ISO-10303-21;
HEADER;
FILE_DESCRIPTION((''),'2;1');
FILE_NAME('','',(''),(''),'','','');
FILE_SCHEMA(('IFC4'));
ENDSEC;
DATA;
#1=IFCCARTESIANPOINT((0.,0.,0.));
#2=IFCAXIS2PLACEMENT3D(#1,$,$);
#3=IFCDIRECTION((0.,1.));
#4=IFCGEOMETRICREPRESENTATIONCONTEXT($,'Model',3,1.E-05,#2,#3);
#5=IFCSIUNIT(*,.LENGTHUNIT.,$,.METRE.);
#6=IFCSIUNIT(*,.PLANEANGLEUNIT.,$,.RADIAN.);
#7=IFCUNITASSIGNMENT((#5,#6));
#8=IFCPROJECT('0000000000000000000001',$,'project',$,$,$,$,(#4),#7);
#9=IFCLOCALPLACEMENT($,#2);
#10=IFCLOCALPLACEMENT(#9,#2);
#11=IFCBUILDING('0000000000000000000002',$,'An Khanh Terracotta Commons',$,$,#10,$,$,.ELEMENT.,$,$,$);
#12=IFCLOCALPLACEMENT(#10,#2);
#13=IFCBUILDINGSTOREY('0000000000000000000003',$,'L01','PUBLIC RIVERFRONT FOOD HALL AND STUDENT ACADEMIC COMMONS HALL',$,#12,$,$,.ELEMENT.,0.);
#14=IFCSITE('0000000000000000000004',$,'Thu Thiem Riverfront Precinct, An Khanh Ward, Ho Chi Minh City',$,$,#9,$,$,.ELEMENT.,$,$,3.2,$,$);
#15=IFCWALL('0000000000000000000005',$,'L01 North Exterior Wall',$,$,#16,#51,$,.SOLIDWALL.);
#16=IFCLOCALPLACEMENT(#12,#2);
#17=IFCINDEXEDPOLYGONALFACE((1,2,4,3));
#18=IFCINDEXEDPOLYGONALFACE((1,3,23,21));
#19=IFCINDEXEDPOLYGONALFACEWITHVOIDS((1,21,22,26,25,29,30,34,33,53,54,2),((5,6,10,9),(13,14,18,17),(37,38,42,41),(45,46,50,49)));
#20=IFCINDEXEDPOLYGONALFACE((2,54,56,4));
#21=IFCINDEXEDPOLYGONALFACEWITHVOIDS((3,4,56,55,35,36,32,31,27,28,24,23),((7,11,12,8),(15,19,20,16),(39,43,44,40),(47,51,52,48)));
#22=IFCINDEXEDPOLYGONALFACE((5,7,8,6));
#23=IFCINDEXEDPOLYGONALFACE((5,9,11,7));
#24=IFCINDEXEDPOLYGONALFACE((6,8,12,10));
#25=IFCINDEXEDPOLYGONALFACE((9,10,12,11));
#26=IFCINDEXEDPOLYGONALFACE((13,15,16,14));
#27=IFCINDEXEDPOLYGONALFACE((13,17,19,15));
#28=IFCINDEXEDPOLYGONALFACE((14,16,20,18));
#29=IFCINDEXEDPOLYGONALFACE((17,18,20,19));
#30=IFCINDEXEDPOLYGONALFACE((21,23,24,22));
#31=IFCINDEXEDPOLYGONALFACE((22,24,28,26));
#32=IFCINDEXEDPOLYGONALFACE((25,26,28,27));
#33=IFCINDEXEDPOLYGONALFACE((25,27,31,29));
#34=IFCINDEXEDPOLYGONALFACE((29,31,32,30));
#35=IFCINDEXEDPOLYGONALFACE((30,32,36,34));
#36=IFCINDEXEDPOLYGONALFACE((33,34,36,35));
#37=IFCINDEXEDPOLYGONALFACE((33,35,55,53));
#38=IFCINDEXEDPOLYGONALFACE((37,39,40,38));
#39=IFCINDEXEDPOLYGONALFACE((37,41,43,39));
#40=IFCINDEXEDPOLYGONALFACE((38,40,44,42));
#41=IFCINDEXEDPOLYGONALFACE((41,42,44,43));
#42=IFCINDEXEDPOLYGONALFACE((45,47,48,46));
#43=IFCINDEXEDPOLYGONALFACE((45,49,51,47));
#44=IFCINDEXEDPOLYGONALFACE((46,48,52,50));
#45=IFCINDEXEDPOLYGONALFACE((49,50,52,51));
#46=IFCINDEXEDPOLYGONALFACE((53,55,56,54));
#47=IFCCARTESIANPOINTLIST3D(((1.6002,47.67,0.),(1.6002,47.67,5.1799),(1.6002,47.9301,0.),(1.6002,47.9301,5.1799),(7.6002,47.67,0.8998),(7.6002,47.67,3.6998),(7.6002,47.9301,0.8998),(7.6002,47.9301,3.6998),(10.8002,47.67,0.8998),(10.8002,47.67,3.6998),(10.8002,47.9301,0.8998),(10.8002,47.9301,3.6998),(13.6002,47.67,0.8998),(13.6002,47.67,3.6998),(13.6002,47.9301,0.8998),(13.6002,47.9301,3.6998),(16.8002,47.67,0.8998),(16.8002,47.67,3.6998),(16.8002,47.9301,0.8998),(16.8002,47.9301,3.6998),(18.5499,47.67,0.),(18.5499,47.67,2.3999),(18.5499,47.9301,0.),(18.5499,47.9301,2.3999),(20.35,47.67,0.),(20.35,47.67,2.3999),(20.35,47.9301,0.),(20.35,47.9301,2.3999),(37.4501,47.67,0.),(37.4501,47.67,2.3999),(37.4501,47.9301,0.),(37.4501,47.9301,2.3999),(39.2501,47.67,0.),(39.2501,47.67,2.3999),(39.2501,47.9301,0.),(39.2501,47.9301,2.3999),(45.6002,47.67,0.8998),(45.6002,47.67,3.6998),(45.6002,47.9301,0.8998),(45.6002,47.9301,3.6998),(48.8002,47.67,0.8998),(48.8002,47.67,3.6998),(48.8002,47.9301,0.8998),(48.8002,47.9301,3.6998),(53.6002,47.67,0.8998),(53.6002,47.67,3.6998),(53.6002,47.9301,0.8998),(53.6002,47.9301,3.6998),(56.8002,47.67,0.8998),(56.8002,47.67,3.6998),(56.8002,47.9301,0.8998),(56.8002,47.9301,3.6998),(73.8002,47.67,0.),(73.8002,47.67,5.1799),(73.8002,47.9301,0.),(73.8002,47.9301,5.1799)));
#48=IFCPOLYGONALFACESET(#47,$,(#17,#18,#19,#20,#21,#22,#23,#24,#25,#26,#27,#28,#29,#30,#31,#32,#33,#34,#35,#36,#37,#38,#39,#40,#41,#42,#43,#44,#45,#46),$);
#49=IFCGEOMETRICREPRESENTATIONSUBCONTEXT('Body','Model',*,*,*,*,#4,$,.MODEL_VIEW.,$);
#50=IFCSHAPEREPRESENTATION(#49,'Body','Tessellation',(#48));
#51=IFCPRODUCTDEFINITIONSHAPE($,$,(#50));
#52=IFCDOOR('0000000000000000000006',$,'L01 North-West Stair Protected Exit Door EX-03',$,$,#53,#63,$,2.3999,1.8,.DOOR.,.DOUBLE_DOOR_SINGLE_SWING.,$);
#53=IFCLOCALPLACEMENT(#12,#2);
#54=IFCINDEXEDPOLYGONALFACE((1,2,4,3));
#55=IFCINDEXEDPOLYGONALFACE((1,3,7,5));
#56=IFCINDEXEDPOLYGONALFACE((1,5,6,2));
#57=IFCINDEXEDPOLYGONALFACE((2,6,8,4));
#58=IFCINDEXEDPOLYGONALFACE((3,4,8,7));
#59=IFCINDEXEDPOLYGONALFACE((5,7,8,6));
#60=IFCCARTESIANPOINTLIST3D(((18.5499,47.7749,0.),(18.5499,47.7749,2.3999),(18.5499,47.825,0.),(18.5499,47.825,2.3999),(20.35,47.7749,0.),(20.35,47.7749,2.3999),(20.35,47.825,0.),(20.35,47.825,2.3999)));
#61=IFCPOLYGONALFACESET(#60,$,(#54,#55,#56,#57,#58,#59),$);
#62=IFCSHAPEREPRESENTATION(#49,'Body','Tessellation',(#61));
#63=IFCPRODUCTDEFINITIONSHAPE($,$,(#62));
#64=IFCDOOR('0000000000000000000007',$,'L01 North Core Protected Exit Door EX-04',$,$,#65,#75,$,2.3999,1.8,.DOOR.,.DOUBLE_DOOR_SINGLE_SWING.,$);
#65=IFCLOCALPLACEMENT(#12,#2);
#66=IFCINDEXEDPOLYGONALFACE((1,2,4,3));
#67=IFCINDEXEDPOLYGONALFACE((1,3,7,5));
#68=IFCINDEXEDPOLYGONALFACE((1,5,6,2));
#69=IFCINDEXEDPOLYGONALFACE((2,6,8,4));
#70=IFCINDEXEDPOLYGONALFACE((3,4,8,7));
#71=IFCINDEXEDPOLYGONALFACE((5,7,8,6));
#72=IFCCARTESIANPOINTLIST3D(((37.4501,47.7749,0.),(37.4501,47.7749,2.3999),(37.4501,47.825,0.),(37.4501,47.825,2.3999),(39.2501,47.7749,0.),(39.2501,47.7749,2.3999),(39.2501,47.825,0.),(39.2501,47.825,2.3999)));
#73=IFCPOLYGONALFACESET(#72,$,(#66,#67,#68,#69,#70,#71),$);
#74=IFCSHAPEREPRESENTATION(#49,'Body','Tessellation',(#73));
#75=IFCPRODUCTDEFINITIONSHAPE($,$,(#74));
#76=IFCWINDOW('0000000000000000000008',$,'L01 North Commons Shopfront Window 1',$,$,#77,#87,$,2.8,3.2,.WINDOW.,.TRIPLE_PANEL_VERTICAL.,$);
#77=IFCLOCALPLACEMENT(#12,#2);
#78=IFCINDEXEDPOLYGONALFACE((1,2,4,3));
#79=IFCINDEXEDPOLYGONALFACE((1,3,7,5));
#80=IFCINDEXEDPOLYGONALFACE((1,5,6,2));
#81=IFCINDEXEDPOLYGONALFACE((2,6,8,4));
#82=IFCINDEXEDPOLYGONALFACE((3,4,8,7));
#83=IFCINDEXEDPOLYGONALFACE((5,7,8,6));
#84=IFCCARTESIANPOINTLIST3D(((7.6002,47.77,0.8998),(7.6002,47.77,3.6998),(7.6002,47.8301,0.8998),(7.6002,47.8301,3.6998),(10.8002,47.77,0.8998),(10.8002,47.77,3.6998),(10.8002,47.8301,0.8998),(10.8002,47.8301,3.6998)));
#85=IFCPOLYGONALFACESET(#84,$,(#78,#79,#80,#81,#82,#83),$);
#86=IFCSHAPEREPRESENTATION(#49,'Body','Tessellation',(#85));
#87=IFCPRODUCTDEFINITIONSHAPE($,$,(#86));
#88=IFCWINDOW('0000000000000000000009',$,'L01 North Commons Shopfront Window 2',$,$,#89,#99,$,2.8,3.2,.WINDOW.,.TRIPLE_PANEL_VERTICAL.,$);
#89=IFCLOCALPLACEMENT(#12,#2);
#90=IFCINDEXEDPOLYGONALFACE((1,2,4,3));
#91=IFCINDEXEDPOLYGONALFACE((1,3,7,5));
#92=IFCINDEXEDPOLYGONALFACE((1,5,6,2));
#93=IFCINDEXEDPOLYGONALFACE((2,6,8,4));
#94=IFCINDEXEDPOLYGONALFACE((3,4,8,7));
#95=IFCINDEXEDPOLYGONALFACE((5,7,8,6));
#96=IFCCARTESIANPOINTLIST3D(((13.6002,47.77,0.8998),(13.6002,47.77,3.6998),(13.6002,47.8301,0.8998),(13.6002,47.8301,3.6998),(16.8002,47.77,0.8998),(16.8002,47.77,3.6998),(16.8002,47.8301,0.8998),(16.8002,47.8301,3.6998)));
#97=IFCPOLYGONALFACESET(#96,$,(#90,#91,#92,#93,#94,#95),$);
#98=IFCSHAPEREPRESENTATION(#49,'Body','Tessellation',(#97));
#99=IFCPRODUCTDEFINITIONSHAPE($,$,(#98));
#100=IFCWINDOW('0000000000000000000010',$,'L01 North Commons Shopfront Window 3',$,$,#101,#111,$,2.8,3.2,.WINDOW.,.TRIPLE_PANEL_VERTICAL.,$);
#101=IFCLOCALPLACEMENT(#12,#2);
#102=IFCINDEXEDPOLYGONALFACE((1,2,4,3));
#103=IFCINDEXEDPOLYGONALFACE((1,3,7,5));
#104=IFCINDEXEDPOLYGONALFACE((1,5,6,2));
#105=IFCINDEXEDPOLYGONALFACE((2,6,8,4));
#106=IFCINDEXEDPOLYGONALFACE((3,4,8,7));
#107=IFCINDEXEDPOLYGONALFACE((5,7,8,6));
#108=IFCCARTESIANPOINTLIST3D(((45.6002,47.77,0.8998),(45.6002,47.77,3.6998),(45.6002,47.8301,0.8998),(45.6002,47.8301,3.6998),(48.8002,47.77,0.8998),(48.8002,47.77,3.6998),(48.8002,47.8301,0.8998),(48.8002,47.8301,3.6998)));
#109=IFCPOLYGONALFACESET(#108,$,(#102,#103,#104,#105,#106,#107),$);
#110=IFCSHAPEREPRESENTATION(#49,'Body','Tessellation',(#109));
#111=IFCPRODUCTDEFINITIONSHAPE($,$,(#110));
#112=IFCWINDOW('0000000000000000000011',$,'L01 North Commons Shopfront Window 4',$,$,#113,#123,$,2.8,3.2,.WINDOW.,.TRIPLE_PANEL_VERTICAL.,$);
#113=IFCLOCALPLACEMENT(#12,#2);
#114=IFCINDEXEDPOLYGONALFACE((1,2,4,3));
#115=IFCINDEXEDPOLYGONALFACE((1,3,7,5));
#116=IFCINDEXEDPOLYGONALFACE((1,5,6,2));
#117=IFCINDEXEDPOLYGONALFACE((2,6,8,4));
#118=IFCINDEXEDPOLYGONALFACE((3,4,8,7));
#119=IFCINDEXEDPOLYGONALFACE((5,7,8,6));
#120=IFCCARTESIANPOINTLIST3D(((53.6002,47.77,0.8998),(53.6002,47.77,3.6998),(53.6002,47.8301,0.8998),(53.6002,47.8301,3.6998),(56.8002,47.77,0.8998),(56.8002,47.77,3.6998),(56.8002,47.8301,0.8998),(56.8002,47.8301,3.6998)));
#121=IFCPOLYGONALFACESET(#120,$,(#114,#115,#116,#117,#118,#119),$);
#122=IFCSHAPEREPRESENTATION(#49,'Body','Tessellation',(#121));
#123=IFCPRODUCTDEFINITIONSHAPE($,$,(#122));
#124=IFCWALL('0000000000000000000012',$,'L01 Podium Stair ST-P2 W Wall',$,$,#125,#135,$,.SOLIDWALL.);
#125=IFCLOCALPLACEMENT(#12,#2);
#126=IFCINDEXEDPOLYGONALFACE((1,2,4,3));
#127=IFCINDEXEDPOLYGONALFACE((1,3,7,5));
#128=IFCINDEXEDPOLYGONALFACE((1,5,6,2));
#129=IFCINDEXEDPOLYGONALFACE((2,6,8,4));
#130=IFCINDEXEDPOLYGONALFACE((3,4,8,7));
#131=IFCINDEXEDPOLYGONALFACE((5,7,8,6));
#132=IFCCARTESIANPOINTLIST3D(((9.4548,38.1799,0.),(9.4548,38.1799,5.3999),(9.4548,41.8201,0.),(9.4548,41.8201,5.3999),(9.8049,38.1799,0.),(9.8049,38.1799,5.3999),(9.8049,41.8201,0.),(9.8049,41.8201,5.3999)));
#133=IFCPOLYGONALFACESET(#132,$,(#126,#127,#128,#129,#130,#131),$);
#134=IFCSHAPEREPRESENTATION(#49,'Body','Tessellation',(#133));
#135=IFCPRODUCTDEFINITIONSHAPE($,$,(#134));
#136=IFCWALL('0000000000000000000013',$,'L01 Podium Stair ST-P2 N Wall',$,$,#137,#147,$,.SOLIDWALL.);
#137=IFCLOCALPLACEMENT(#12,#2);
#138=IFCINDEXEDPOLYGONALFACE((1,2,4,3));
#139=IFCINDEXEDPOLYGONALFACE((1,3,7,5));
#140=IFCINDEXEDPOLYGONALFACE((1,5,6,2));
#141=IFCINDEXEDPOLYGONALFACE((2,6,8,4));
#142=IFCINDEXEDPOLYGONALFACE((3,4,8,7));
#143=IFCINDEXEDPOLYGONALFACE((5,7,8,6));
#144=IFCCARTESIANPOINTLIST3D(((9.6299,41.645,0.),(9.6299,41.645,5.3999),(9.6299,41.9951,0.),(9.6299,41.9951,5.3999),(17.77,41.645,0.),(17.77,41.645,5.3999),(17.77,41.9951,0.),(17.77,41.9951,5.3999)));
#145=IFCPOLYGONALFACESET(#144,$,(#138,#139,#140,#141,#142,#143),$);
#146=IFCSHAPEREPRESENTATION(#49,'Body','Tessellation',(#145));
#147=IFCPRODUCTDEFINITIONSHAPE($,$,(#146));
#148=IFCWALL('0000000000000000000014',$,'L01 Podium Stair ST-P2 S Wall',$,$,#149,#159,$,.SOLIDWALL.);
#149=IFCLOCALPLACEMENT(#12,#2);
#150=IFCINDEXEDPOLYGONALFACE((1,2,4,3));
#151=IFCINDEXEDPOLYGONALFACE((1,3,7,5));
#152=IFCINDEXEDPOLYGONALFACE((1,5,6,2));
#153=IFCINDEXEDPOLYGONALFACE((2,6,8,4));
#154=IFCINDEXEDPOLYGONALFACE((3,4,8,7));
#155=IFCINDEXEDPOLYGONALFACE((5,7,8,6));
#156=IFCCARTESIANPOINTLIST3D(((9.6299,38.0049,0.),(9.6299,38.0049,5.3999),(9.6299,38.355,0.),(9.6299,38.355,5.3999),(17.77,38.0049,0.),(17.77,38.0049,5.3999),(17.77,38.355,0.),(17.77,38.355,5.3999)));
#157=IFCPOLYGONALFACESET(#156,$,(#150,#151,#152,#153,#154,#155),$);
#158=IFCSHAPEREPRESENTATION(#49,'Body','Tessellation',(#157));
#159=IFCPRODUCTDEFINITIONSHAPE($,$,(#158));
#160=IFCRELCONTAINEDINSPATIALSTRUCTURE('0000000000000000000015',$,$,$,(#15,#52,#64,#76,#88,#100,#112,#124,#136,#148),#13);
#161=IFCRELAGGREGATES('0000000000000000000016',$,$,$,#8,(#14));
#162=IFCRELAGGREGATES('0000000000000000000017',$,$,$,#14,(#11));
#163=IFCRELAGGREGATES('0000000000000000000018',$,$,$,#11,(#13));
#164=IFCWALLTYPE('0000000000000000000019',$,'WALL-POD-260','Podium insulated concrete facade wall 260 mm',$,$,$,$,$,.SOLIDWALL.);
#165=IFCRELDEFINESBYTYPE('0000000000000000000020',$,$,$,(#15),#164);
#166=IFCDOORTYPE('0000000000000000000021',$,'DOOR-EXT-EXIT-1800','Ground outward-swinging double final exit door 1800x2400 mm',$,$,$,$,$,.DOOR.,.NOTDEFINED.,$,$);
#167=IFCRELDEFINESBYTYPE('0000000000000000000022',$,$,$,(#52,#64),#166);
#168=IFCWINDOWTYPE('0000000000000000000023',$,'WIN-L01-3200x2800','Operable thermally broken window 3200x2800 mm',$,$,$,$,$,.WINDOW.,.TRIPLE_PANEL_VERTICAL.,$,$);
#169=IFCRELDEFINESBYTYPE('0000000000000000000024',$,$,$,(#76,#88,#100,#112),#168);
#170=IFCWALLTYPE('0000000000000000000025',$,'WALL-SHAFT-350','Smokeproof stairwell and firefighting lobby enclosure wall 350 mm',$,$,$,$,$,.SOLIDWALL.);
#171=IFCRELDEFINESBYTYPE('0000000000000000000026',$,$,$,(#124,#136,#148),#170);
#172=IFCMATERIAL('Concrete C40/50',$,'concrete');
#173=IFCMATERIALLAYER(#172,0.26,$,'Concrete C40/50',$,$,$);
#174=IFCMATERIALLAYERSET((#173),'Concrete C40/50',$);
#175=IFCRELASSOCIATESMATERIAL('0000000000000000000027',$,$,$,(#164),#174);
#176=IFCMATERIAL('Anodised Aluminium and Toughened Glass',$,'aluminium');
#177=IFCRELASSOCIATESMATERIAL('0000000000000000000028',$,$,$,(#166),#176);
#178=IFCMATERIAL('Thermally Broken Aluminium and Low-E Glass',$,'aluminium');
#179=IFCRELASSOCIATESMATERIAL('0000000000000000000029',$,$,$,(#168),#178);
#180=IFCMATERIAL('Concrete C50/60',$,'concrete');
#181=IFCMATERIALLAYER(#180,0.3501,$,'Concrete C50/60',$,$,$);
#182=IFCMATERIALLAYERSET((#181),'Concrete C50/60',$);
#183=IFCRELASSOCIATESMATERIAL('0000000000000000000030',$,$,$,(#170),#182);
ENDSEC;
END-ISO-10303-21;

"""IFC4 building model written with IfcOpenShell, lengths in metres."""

from ifc_helpers import new_model, si_unit, direction, frame, frame_2d, origin, place, context, subcontext, project, spatial, rectangle, extrude, material, layer, layer_set, type_object, element, fill, save


model = new_model("IFC4")

# Units and contexts
model_context = context("Model", 3, precision=1e-05, world=origin(), true_north=direction((0.0, 1.0)))
body_context = subcontext(model_context, "Body", "Model", "MODEL_VIEW")
ifc_project = project(units=[si_unit("LENGTHUNIT", "METRE"), si_unit("PLANEANGLEUNIT", "RADIAN")], contexts=[model_context])

# Site, building, storey
site_placement = place(None, origin())
site = spatial("IfcSite", under=ifc_project, at=site_placement, Name="Thu Thiem Riverfront Precinct, An Khanh Ward, Ho Chi Minh City", CompositionType="ELEMENT", RefElevation=3.2)
building_placement = place(site_placement, origin())
building = spatial("IfcBuilding", under=site, at=building_placement, Name="An Khanh Terracotta Commons", CompositionType="ELEMENT")
storey_placement = place(building_placement, origin())
storey = spatial("IfcBuildingStorey", under=building, at=storey_placement, Name="L01", Description="PUBLIC RIVERFRONT FOOD HALL AND STUDENT ACADEMIC COMMONS HALL", CompositionType="ELEMENT", Elevation=0.0)

# Shared definitions
ifc_material_1 = material(Name="Concrete C50/60", Category="concrete")

# Wall, openings, doors, windows
ifc_material_2 = material(Name="Concrete C40/50", Category="concrete")
ifc_layer_1 = layer(ifc_material_2, 0.26, Name="Concrete C40/50")
ifc_layer_set_1 = layer_set([ifc_layer_1], Name="Concrete C40/50")
wall_type_1 = type_object("IfcWallType", Name="WALL-POD-260", Description="Podium insulated concrete facade wall 260 mm", PredefinedType="SOLIDWALL", material=ifc_layer_set_1)
wall_1_placement = place(storey_placement, frame((1.6001, 47.8, 0.0), z_axis=(0.0, 0.0, 1.0), x_axis=(1.0, 0.0, 0.0)))
wall_1 = element("IfcWall", 1, at=wall_1_placement, inside=storey, type_object=wall_type_1, Name="L01 North Exterior Wall", PredefinedType="SOLIDWALL", context=body_context, shape_type="SweptSolid", body=[
    extrude(rectangle(XDim=72.2, YDim=0.26, at=frame_2d((36.1001, 0.0))), origin(), (0.0, 0.0, 1.0), 5.1799),
])
opening_1_placement = place(wall_1_placement, frame((16.95, 0.0, 0.0)))
opening_1 = element("IfcOpeningElement", 2, at=opening_1_placement, cuts=wall_1, PredefinedType="OPENING", context=body_context, shape_type="SweptSolid", body=[
    extrude(rectangle(XDim=1.8, YDim=2.3999, at=frame_2d((0.8999, 1.2))), frame((0.0, 0.1399, 0.0), z_axis=(0.0, -1.0, 0.0), x_axis=(1.0, 0.0, 0.0)), (0.0, 0.0, 1.0), 0.28),
])
opening_2_placement = place(wall_1_placement, frame((35.8501, 0.0, 0.0)))
opening_2 = element("IfcOpeningElement", 3, at=opening_2_placement, cuts=wall_1, PredefinedType="OPENING", context=body_context, shape_type="SweptSolid", body=[
    extrude(rectangle(XDim=1.8, YDim=2.3999, at=frame_2d((0.8999, 1.2))), frame((0.0, 0.1399, 0.0), z_axis=(0.0, -1.0, 0.0), x_axis=(1.0, 0.0, 0.0)), (0.0, 0.0, 1.0), 0.28),
])
opening_3_placement = place(wall_1_placement, frame((6.0, 0.0, 0.8999)))
opening_3 = element("IfcOpeningElement", 4, at=opening_3_placement, cuts=wall_1, PredefinedType="OPENING", context=body_context, shape_type="SweptSolid", body=[
    extrude(rectangle(XDim=3.2, YDim=2.8, at=frame_2d((1.6001, 1.3999))), frame((0.0, 0.1399, 0.0), z_axis=(0.0, -1.0, 0.0), x_axis=(1.0, 0.0, 0.0)), (0.0, 0.0, 1.0), 0.28),
])
opening_4_placement = place(wall_1_placement, frame((12.0, 0.0, 0.8999)))
opening_4 = element("IfcOpeningElement", 5, at=opening_4_placement, cuts=wall_1, PredefinedType="OPENING", context=body_context, shape_type="SweptSolid", body=[
    extrude(rectangle(XDim=3.2, YDim=2.8, at=frame_2d((1.6001, 1.3999))), frame((0.0, 0.1399, 0.0), z_axis=(0.0, -1.0, 0.0), x_axis=(1.0, 0.0, 0.0)), (0.0, 0.0, 1.0), 0.28),
])
opening_5_placement = place(wall_1_placement, frame((44.0, 0.0, 0.8999)))
opening_5 = element("IfcOpeningElement", 6, at=opening_5_placement, cuts=wall_1, PredefinedType="OPENING", context=body_context, shape_type="SweptSolid", body=[
    extrude(rectangle(XDim=3.2, YDim=2.8, at=frame_2d((1.6001, 1.3999))), frame((0.0, 0.1399, 0.0), z_axis=(0.0, -1.0, 0.0), x_axis=(1.0, 0.0, 0.0)), (0.0, 0.0, 1.0), 0.28),
])
opening_6_placement = place(wall_1_placement, frame((52.0, 0.0, 0.8999)))
opening_6 = element("IfcOpeningElement", 7, at=opening_6_placement, cuts=wall_1, PredefinedType="OPENING", context=body_context, shape_type="SweptSolid", body=[
    extrude(rectangle(XDim=3.2, YDim=2.8, at=frame_2d((1.6001, 1.3999))), frame((0.0, 0.1399, 0.0), z_axis=(0.0, -1.0, 0.0), x_axis=(1.0, 0.0, 0.0)), (0.0, 0.0, 1.0), 0.28),
])
ifc_material_3 = material(Name="Anodised Aluminium and Toughened Glass", Category="aluminium")
door_type_1 = type_object("IfcDoorType", Name="DOOR-EXT-EXIT-1800", Description="Ground outward-swinging double final exit door 1800x2400 mm", OperationType="NOTDEFINED", PredefinedType="DOOR", material=ifc_material_3)
door_1_placement = place(opening_1_placement, origin())
door_1 = element("IfcDoor", 8, at=door_1_placement, inside=storey, type_object=door_type_1, Name="L01 North-West Stair Protected Exit Door EX-03", OperationType="DOUBLE_DOOR_SINGLE_SWING", OverallHeight=2.3999, OverallWidth=1.8, PredefinedType="DOOR", context=body_context, shape_type="SweptSolid", body=[
    extrude(rectangle(XDim=1.8, YDim=2.3999, at=frame_2d((0.8999, 1.2))), frame((0.0, 0.0249, 0.0), z_axis=(0.0, -1.0, 0.0), x_axis=(1.0, 0.0, 0.0)), (0.0, 0.0, 1.0), 0.05),
])
fill(opening_1, door_1)
door_2_placement = place(opening_2_placement, origin())
door_2 = element("IfcDoor", 9, at=door_2_placement, inside=storey, type_object=door_type_1, Name="L01 North Core Protected Exit Door EX-04", OperationType="DOUBLE_DOOR_SINGLE_SWING", OverallHeight=2.3999, OverallWidth=1.8, PredefinedType="DOOR", context=body_context, shape_type="SweptSolid", body=[
    extrude(rectangle(XDim=1.8, YDim=2.3999, at=frame_2d((0.8999, 1.2))), frame((0.0, 0.0249, 0.0), z_axis=(0.0, -1.0, 0.0), x_axis=(1.0, 0.0, 0.0)), (0.0, 0.0, 1.0), 0.05),
])
fill(opening_2, door_2)
ifc_material_4 = material(Name="Thermally Broken Aluminium and Low-E Glass", Category="aluminium")
window_type = type_object("IfcWindowType", Name="WIN-L01-3200x2800", Description="Operable thermally broken window 3200x2800 mm", PartitioningType="TRIPLE_PANEL_VERTICAL", PredefinedType="WINDOW", material=ifc_material_4)
window_1_placement = place(opening_3_placement, origin())
window_1 = element("IfcWindow", 10, at=window_1_placement, inside=storey, type_object=window_type, Name="L01 North Commons Shopfront Window 1", OverallHeight=2.8, OverallWidth=3.2, PartitioningType="TRIPLE_PANEL_VERTICAL", PredefinedType="WINDOW", context=body_context, shape_type="SweptSolid", body=[
    extrude(rectangle(XDim=3.2, YDim=2.8, at=frame_2d((1.6001, 1.3999))), frame((0.0, 0.03, 0.0), z_axis=(0.0, -1.0, 0.0), x_axis=(1.0, 0.0, 0.0)), (0.0, 0.0, 1.0), 0.0601),
])
fill(opening_3, window_1)
window_2_placement = place(opening_4_placement, origin())
window_2 = element("IfcWindow", 11, at=window_2_placement, inside=storey, type_object=window_type, Name="L01 North Commons Shopfront Window 2", OverallHeight=2.8, OverallWidth=3.2, PartitioningType="TRIPLE_PANEL_VERTICAL", PredefinedType="WINDOW", context=body_context, shape_type="SweptSolid", body=[
    extrude(rectangle(XDim=3.2, YDim=2.8, at=frame_2d((1.6001, 1.3999))), frame((0.0, 0.03, 0.0), z_axis=(0.0, -1.0, 0.0), x_axis=(1.0, 0.0, 0.0)), (0.0, 0.0, 1.0), 0.0601),
])
fill(opening_4, window_2)
window_3_placement = place(opening_5_placement, origin())
window_3 = element("IfcWindow", 12, at=window_3_placement, inside=storey, type_object=window_type, Name="L01 North Commons Shopfront Window 3", OverallHeight=2.8, OverallWidth=3.2, PartitioningType="TRIPLE_PANEL_VERTICAL", PredefinedType="WINDOW", context=body_context, shape_type="SweptSolid", body=[
    extrude(rectangle(XDim=3.2, YDim=2.8, at=frame_2d((1.6001, 1.3999))), frame((0.0, 0.03, 0.0), z_axis=(0.0, -1.0, 0.0), x_axis=(1.0, 0.0, 0.0)), (0.0, 0.0, 1.0), 0.0601),
])
fill(opening_5, window_3)
window_4_placement = place(opening_6_placement, origin())
window_4 = element("IfcWindow", 13, at=window_4_placement, inside=storey, type_object=window_type, Name="L01 North Commons Shopfront Window 4", OverallHeight=2.8, OverallWidth=3.2, PartitioningType="TRIPLE_PANEL_VERTICAL", PredefinedType="WINDOW", context=body_context, shape_type="SweptSolid", body=[
    extrude(rectangle(XDim=3.2, YDim=2.8, at=frame_2d((1.6001, 1.3999))), frame((0.0, 0.03, 0.0), z_axis=(0.0, -1.0, 0.0), x_axis=(1.0, 0.0, 0.0)), (0.0, 0.0, 1.0), 0.0601),
])
fill(opening_6, window_4)

# Walls
ifc_layer_2 = layer(ifc_material_1, 0.3501, Name="Concrete C50/60")
ifc_layer_set_2 = layer_set([ifc_layer_2], Name="Concrete C50/60")
wall_type_2 = type_object("IfcWallType", Name="WALL-SHAFT-350", Description="Smokeproof stairwell and firefighting lobby enclosure wall 350 mm", PredefinedType="SOLIDWALL", material=ifc_layer_set_2)
wall_2_placement = place(storey_placement, frame((9.6299, 38.1799, 0.0), z_axis=(0.0, 0.0, 1.0), x_axis=(0.0, 1.0, 0.0)))
element("IfcWall", 14, at=wall_2_placement, inside=storey, type_object=wall_type_2, Name="L01 Podium Stair ST-P2 W Wall", PredefinedType="SOLIDWALL", context=body_context, shape_type="SweptSolid", body=[
    extrude(rectangle(XDim=3.6401, YDim=0.3501, at=frame_2d((1.8201, 0.0))), origin(), (0.0, 0.0, 1.0), 5.3999),
])
for number, where, z_axis, x_axis, name in (
    (15, (9.6299, 41.8201, 0.0), (0.0, 0.0, 1.0), (1.0, 0.0, 0.0), "L01 Podium Stair ST-P2 N Wall"),
    (16, (17.77, 38.1799, 0.0), (0.0, 0.0, 1.0), (-1.0, 0.0, 0.0), "L01 Podium Stair ST-P2 S Wall"),
):
    element("IfcWall", number, at=place(storey_placement, frame(where, z_axis=z_axis, x_axis=x_axis)), inside=storey, type_object=wall_type_2, Name=name, PredefinedType="SOLIDWALL", context=body_context, shape_type="SweptSolid", body=[
        extrude(rectangle(XDim=8.1401, YDim=0.3501, at=frame_2d((4.0701, 0.0))), origin(), (0.0, 0.0, 1.0), 5.3999),
    ])

save(model, "model.ifc")
